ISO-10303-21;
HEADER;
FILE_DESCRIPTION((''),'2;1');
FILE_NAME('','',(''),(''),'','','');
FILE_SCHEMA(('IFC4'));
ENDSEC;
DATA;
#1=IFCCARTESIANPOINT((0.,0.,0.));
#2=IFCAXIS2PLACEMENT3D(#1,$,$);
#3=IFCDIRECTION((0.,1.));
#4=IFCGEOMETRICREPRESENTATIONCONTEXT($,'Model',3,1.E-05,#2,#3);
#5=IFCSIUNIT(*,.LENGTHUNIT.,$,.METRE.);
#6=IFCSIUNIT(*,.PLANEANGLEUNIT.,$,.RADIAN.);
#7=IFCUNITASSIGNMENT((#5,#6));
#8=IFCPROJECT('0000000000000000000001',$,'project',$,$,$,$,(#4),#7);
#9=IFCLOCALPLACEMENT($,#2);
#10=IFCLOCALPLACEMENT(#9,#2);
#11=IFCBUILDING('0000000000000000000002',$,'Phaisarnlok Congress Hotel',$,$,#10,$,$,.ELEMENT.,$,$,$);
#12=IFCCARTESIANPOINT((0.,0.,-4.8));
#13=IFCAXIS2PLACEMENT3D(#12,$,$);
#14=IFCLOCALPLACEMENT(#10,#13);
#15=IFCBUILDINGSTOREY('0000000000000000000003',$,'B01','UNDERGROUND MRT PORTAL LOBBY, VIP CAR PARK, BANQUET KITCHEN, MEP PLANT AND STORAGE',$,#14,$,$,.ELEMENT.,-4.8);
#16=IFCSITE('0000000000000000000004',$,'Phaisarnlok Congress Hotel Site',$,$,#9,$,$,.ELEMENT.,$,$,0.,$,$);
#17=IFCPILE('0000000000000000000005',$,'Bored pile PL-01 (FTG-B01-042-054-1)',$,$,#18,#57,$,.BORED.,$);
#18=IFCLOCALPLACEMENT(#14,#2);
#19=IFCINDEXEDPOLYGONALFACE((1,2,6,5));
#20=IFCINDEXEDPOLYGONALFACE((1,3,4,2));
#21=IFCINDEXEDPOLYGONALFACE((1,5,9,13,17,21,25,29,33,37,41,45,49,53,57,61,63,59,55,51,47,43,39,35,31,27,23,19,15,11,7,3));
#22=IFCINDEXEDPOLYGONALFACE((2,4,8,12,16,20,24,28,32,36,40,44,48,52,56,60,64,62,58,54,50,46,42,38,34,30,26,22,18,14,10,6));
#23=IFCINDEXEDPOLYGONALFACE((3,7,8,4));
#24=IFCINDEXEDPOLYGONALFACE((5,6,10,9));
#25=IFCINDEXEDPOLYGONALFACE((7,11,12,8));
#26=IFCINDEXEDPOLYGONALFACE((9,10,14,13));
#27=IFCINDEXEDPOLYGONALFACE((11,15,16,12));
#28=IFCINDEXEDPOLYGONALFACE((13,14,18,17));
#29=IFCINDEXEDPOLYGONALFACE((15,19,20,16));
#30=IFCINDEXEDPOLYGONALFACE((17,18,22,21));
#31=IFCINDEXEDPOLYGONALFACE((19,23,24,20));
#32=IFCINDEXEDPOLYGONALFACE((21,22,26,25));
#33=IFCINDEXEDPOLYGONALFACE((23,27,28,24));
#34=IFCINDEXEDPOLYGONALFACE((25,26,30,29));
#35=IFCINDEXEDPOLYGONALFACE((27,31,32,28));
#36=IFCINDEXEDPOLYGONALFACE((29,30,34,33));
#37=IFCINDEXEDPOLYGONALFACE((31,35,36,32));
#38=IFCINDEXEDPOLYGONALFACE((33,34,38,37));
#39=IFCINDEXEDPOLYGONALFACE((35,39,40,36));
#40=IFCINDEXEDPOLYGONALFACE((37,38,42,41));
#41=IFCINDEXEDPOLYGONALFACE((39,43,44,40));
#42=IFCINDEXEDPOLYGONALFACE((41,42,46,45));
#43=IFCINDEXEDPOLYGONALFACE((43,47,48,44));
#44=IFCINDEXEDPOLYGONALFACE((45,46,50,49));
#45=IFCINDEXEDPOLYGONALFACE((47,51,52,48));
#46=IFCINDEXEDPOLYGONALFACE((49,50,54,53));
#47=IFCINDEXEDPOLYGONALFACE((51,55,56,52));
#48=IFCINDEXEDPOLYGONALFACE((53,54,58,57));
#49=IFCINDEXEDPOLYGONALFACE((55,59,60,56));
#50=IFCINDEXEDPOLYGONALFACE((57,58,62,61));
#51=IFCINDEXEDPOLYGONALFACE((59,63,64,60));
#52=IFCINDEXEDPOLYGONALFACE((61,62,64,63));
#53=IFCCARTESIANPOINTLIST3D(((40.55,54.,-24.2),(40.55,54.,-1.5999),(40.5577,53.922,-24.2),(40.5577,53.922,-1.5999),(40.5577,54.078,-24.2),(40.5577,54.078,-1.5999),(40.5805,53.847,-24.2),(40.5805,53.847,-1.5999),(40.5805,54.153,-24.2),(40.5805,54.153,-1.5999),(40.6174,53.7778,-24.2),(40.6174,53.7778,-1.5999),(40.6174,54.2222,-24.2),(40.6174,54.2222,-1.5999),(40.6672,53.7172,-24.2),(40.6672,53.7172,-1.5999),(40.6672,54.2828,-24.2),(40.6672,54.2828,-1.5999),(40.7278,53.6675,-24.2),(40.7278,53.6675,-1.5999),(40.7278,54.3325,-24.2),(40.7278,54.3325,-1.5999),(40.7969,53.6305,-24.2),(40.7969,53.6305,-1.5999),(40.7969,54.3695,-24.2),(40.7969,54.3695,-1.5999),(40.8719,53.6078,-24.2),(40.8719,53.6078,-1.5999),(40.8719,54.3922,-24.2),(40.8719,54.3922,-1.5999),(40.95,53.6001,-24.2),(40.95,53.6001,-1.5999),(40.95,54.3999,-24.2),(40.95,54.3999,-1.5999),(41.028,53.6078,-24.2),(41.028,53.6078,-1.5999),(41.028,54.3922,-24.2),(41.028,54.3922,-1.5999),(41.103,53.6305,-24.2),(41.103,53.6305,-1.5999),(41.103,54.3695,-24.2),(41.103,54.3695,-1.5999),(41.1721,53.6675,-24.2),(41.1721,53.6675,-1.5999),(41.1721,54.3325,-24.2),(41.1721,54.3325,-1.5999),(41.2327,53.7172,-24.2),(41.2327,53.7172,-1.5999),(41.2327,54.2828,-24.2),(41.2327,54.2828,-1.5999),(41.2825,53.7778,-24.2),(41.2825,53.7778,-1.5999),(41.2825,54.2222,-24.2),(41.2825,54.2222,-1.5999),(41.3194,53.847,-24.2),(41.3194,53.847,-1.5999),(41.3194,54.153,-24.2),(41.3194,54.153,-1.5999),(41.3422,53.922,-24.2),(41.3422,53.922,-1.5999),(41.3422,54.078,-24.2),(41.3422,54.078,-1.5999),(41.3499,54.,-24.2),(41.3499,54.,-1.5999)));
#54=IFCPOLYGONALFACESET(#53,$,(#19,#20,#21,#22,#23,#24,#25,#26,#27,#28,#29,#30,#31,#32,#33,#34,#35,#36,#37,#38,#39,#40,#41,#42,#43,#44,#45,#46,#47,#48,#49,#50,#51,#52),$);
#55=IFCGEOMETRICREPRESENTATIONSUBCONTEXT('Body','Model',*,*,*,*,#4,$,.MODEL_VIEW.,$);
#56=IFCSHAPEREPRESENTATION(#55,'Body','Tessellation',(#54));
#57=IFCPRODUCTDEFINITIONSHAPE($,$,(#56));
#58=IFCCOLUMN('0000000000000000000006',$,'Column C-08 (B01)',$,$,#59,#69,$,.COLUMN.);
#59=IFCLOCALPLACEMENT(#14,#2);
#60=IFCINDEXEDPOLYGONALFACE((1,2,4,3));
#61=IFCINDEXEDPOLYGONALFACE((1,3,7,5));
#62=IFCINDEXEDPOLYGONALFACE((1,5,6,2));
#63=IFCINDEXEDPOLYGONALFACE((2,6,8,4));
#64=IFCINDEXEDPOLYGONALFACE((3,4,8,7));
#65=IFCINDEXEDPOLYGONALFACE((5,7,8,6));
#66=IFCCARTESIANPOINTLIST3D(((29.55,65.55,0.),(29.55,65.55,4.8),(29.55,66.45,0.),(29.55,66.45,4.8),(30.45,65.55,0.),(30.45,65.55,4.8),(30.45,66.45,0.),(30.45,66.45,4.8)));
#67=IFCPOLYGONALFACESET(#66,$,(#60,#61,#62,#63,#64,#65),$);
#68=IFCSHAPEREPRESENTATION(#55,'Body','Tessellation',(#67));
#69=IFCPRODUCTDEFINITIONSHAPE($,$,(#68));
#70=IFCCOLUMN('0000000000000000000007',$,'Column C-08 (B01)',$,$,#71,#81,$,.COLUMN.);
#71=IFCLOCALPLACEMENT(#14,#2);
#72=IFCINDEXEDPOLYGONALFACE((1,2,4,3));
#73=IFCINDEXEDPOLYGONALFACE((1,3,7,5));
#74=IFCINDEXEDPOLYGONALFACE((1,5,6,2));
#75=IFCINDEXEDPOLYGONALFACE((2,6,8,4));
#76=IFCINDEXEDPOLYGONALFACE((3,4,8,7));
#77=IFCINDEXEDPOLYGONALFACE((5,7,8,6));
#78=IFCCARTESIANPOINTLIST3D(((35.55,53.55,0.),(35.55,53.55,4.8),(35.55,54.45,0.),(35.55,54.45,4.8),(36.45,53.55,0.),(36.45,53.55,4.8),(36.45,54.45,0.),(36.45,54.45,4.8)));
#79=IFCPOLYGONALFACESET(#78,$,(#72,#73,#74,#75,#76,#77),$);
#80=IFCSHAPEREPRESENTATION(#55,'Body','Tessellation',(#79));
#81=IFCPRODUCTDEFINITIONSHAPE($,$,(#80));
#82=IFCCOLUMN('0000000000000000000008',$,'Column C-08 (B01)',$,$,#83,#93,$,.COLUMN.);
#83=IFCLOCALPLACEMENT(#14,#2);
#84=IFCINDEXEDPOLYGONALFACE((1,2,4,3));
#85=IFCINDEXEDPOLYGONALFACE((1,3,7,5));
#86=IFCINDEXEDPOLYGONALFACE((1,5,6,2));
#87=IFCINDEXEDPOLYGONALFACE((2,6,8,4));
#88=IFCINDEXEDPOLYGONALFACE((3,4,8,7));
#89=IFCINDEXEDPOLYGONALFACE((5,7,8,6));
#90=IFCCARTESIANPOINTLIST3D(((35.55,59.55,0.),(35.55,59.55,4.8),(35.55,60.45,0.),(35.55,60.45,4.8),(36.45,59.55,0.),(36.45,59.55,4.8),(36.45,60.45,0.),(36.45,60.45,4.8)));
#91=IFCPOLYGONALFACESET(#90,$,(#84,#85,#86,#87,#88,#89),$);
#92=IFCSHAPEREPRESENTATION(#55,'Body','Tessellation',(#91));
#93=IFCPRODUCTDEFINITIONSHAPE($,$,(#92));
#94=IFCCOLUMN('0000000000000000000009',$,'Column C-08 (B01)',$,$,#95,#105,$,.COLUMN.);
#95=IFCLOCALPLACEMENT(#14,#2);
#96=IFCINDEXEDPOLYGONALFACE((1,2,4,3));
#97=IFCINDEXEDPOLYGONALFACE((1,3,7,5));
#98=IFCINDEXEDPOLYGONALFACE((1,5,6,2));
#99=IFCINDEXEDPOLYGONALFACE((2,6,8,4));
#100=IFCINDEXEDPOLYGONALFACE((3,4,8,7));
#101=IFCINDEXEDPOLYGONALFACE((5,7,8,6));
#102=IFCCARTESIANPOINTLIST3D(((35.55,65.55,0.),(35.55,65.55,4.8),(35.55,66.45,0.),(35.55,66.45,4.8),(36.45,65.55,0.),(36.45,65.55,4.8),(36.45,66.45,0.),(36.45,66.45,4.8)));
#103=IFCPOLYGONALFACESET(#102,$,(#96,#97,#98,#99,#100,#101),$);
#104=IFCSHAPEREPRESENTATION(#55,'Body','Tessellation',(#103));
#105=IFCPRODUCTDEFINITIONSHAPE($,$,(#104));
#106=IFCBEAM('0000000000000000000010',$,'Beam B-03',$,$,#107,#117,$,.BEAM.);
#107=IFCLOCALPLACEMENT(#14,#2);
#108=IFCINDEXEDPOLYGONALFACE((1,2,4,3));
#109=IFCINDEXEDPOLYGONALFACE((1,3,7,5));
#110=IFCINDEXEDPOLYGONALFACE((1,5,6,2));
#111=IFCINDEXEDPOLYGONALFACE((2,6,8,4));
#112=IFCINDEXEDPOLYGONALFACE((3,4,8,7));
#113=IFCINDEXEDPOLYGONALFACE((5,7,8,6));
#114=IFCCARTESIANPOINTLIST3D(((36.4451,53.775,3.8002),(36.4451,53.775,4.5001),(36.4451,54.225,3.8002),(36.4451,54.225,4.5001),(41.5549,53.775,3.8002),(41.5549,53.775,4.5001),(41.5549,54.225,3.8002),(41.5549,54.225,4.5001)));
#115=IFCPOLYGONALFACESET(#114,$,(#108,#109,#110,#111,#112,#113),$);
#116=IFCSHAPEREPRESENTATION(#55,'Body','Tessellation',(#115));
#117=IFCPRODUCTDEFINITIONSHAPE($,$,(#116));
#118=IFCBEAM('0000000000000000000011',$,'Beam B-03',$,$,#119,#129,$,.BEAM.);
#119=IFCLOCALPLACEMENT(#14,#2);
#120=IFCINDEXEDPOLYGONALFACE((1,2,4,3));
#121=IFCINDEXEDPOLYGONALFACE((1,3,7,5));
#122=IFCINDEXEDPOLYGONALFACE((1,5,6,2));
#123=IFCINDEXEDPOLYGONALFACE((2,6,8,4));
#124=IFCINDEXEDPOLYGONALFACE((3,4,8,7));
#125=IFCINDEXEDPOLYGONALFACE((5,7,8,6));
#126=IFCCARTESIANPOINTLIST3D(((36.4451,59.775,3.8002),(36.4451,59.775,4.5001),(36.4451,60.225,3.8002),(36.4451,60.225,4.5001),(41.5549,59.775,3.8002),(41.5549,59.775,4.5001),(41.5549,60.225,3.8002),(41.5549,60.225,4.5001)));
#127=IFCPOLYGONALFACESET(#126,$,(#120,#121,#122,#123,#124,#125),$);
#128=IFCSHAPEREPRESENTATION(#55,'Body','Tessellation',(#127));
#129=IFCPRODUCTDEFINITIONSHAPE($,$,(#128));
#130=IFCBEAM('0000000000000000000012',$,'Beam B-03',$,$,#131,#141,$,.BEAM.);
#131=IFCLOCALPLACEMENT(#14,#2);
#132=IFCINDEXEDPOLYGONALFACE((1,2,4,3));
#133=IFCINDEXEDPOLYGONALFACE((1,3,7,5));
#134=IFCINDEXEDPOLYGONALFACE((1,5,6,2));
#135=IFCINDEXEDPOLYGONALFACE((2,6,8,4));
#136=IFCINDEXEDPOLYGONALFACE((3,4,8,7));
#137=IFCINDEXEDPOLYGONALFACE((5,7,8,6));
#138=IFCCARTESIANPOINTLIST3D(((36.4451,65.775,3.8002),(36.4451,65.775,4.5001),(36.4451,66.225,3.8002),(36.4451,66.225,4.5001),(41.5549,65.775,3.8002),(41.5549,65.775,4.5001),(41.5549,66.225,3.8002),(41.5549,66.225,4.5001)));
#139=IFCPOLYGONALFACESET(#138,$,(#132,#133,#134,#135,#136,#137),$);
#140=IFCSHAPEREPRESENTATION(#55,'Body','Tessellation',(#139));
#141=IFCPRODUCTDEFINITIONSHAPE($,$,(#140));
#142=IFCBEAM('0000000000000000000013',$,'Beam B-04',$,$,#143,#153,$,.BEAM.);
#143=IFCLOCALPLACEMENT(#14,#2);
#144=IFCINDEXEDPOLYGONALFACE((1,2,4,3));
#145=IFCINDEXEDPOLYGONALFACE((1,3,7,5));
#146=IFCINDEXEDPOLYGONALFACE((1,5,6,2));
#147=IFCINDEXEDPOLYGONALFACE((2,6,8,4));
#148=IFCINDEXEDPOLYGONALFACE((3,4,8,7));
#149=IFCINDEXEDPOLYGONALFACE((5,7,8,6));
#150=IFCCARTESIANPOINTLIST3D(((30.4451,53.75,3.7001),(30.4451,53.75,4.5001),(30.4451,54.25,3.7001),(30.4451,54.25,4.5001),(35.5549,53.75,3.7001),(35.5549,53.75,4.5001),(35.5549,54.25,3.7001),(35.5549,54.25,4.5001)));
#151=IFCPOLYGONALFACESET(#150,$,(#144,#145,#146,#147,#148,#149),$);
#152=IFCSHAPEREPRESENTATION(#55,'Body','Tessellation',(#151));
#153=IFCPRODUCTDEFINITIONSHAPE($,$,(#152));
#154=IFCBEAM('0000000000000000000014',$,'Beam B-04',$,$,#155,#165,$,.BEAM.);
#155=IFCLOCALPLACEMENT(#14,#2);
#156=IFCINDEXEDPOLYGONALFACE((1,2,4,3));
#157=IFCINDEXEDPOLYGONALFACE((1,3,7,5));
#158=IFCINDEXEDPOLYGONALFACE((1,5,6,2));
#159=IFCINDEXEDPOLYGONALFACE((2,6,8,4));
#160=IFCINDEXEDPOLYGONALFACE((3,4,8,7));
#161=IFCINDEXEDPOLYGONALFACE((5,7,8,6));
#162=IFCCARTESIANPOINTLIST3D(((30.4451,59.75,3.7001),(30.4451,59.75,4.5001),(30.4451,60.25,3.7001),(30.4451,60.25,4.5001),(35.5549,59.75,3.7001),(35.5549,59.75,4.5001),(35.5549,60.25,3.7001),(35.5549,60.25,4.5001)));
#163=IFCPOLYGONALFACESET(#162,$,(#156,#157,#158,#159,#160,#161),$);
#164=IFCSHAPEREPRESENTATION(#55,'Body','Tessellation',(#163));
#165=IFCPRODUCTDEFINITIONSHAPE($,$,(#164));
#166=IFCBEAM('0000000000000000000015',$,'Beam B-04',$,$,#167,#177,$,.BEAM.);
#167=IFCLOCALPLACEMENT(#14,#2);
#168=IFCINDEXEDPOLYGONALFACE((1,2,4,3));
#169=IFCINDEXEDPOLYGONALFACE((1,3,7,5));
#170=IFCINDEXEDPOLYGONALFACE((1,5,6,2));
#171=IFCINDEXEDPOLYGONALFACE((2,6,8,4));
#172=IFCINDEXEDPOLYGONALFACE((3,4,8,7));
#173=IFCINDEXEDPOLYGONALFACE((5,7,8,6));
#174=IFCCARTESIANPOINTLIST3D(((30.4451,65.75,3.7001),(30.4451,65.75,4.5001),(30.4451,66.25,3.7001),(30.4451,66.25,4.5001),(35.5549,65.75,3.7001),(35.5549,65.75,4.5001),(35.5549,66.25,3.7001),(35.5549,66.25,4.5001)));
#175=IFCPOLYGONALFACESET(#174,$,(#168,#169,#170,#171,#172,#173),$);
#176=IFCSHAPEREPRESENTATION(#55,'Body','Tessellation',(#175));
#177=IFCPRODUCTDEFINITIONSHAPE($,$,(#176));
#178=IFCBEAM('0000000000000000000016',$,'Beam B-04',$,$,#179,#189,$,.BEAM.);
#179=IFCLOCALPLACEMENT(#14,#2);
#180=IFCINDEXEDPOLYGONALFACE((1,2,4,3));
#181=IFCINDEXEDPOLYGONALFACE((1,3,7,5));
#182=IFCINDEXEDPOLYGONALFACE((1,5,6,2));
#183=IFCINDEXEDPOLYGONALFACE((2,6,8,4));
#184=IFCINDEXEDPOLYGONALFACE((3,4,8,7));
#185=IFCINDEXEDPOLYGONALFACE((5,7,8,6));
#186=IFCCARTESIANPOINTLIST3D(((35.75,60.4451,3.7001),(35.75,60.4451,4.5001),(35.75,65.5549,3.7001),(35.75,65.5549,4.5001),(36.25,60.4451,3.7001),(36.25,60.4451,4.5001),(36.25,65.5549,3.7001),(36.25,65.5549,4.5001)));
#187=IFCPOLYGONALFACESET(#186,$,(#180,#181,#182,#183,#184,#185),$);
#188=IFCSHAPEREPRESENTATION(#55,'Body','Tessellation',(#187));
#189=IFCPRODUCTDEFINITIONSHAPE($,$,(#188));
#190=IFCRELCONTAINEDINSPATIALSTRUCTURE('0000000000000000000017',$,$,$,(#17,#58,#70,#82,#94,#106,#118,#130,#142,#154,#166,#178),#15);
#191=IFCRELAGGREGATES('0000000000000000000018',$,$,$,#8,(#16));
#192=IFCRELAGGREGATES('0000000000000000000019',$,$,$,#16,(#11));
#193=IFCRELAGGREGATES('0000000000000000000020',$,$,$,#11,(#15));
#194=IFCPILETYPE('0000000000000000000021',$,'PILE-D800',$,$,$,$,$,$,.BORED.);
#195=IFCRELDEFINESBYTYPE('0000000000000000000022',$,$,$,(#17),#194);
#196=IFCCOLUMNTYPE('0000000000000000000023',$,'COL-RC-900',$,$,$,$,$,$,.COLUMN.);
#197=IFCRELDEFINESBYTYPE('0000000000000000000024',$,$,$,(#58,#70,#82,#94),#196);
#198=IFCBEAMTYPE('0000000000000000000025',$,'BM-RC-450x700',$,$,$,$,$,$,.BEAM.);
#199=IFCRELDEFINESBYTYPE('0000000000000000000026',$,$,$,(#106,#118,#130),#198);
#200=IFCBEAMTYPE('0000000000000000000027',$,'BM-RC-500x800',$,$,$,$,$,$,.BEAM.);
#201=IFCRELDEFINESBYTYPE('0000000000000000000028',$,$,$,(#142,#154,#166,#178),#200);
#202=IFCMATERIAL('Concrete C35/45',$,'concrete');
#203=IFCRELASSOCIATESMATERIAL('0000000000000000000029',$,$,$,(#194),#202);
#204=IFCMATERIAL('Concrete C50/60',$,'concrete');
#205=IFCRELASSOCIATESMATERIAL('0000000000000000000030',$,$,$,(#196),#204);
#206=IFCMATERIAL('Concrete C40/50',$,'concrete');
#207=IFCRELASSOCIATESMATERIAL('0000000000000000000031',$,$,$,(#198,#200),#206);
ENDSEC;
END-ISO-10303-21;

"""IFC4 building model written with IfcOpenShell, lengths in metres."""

from ifc_helpers import new_model, si_unit, direction, frame, origin, origin_2d, place, context, subcontext, project, spatial, rectangle, circle, extrude, material, material_profile, profile_set, type_object, element, save


model = new_model("IFC4")

# Units and contexts
model_context = context("Model", 3, precision=1e-05, world=origin(), true_north=direction((0.0, 1.0)))
body_context = subcontext(model_context, "Body", "Model", "MODEL_VIEW")
ifc_project = project(units=[si_unit("LENGTHUNIT", "METRE"), si_unit("PLANEANGLEUNIT", "RADIAN")], contexts=[model_context])

# Site, building, storey
site_placement = place(None, origin())
site = spatial("IfcSite", under=ifc_project, at=site_placement, Name="Phaisarnlok Congress Hotel Site", CompositionType="ELEMENT", RefElevation=0.0)
building_placement = place(site_placement, origin())
building = spatial("IfcBuilding", under=site, at=building_placement, Name="Phaisarnlok Congress Hotel", CompositionType="ELEMENT")
storey_placement = place(building_placement, frame((0.0, 0.0, -4.8)))
storey = spatial("IfcBuildingStorey", under=building, at=storey_placement, Name="B01", Description="UNDERGROUND MRT PORTAL LOBBY, VIP CAR PARK, BANQUET KITCHEN, MEP PLANT AND STORAGE", CompositionType="ELEMENT", Elevation=-4.8)

# Shared definitions
ifc_material_1 = material(Name="Concrete C40/50", Category="concrete")

# Pile
ifc_material_2 = material(Name="Concrete C35/45", Category="concrete")
ifc_material_profile_1 = material_profile(ifc_material_2, circle(Radius=0.3999, at=origin_2d()), Name="BORED PILE D800")
ifc_profile_set_1 = profile_set([ifc_material_profile_1], Name="Concrete C35/45")
pile_type_1 = type_object("IfcPileType", Name="PILE-D800", PredefinedType="BORED", material=ifc_profile_set_1)
pile_1_placement = place(storey_placement, frame((40.95, 54.0, -1.5999), z_axis=(0.0, 0.0, -1.0), x_axis=(1.0, 0.0, 0.0)))
element("IfcPile", 1, at=pile_1_placement, inside=storey, type_object=pile_type_1, Name="Bored pile PL-01 (FTG-B01-042-054-1)", PredefinedType="BORED", context=body_context, shape_type="SweptSolid", body=[
    extrude(circle(Radius=0.3999, at=origin_2d()), origin(), (0.0, 0.0, 1.0), 22.6001),
])

# Columns
ifc_material_3 = material(Name="Concrete C50/60", Category="concrete")
ifc_material_profile_2 = material_profile(ifc_material_3, rectangle(XDim=0.8999, YDim=0.8999, at=origin_2d()), Name="RC 900x900")
ifc_profile_set_2 = profile_set([ifc_material_profile_2], Name="Concrete C50/60")
column_type = type_object("IfcColumnType", Name="COL-RC-900", PredefinedType="COLUMN", material=ifc_profile_set_2)
for number, where, z_axis, x_axis, name in (
    (2, (30.0, 66.0, 0.0), (0.0, 0.0, 1.0), (1.0, 0.0, 0.0), "Column C-08 (B01)"),
    (3, (36.0, 54.0, 0.0), (0.0, 0.0, 1.0), (1.0, 0.0, 0.0), "Column C-08 (B01)"),
    (4, (36.0, 60.0, 0.0), (0.0, 0.0, 1.0), (1.0, 0.0, 0.0), "Column C-08 (B01)"),
    (5, (36.0, 66.0, 0.0), (0.0, 0.0, 1.0), (1.0, 0.0, 0.0), "Column C-08 (B01)"),
):
    element("IfcColumn", number, at=place(storey_placement, frame(where, z_axis=z_axis, x_axis=x_axis)), inside=storey, type_object=column_type, Name=name, PredefinedType="COLUMN", context=body_context, shape_type="SweptSolid", body=[
        extrude(rectangle(XDim=0.8999, YDim=0.8999, at=origin_2d()), origin(), (0.0, 0.0, 1.0), 4.8),
    ])

# Beams
ifc_material_profile_3 = material_profile(ifc_material_1, rectangle(XDim=0.45, YDim=0.7, at=origin_2d()), Name="RC 450x700")
ifc_profile_set_3 = profile_set([ifc_material_profile_3], Name="Concrete C40/50")
beam_type_1 = type_object("IfcBeamType", Name="BM-RC-450x700", PredefinedType="BEAM", material=ifc_profile_set_3)
for number, where, z_axis, x_axis, name in (
    (6, (36.4451, 54.0, 4.1501), (1.0, 0.0, 0.0), (0.0, 1.0, 0.0), "Beam B-03"),
    (7, (36.4451, 60.0, 4.1501), (1.0, 0.0, 0.0), (0.0, 1.0, 0.0), "Beam B-03"),
    (8, (36.4451, 66.0, 4.1501), (1.0, 0.0, 0.0), (0.0, 1.0, 0.0), "Beam B-03"),
):
    element("IfcBeam", number, at=place(storey_placement, frame(where, z_axis=z_axis, x_axis=x_axis)), inside=storey, type_object=beam_type_1, Name=name, PredefinedType="BEAM", context=body_context, shape_type="SweptSolid", body=[
        extrude(rectangle(XDim=0.45, YDim=0.7, at=origin_2d()), origin(), (0.0, 0.0, 1.0), 5.1099),
    ])
ifc_material_profile_4 = material_profile(ifc_material_1, rectangle(XDim=0.5, YDim=0.8, at=origin_2d()), Name="RC 500x800")
ifc_profile_set_4 = profile_set([ifc_material_profile_4], Name="Concrete C40/50")
beam_type_2 = type_object("IfcBeamType", Name="BM-RC-500x800", PredefinedType="BEAM", material=ifc_profile_set_4)
for number, where, z_axis, x_axis, name in (
    (9, (30.4451, 54.0, 4.1001), (1.0, 0.0, 0.0), (0.0, 1.0, 0.0), "Beam B-04"),
    (10, (30.4451, 60.0, 4.1001), (1.0, 0.0, 0.0), (0.0, 1.0, 0.0), "Beam B-04"),
    (11, (30.4451, 66.0, 4.1001), (1.0, 0.0, 0.0), (0.0, 1.0, 0.0), "Beam B-04"),
    (12, (36.0, 60.4451, 4.1001), (0.0, 1.0, 0.0), (-1.0, 0.0, 0.0), "Beam B-04"),
):
    element("IfcBeam", number, at=place(storey_placement, frame(where, z_axis=z_axis, x_axis=x_axis)), inside=storey, type_object=beam_type_2, Name=name, PredefinedType="BEAM", context=body_context, shape_type="SweptSolid", body=[
        extrude(rectangle(XDim=0.5, YDim=0.8, at=origin_2d()), origin(), (0.0, 0.0, 1.0), 5.1099),
    ])

save(model, "model.ifc")
